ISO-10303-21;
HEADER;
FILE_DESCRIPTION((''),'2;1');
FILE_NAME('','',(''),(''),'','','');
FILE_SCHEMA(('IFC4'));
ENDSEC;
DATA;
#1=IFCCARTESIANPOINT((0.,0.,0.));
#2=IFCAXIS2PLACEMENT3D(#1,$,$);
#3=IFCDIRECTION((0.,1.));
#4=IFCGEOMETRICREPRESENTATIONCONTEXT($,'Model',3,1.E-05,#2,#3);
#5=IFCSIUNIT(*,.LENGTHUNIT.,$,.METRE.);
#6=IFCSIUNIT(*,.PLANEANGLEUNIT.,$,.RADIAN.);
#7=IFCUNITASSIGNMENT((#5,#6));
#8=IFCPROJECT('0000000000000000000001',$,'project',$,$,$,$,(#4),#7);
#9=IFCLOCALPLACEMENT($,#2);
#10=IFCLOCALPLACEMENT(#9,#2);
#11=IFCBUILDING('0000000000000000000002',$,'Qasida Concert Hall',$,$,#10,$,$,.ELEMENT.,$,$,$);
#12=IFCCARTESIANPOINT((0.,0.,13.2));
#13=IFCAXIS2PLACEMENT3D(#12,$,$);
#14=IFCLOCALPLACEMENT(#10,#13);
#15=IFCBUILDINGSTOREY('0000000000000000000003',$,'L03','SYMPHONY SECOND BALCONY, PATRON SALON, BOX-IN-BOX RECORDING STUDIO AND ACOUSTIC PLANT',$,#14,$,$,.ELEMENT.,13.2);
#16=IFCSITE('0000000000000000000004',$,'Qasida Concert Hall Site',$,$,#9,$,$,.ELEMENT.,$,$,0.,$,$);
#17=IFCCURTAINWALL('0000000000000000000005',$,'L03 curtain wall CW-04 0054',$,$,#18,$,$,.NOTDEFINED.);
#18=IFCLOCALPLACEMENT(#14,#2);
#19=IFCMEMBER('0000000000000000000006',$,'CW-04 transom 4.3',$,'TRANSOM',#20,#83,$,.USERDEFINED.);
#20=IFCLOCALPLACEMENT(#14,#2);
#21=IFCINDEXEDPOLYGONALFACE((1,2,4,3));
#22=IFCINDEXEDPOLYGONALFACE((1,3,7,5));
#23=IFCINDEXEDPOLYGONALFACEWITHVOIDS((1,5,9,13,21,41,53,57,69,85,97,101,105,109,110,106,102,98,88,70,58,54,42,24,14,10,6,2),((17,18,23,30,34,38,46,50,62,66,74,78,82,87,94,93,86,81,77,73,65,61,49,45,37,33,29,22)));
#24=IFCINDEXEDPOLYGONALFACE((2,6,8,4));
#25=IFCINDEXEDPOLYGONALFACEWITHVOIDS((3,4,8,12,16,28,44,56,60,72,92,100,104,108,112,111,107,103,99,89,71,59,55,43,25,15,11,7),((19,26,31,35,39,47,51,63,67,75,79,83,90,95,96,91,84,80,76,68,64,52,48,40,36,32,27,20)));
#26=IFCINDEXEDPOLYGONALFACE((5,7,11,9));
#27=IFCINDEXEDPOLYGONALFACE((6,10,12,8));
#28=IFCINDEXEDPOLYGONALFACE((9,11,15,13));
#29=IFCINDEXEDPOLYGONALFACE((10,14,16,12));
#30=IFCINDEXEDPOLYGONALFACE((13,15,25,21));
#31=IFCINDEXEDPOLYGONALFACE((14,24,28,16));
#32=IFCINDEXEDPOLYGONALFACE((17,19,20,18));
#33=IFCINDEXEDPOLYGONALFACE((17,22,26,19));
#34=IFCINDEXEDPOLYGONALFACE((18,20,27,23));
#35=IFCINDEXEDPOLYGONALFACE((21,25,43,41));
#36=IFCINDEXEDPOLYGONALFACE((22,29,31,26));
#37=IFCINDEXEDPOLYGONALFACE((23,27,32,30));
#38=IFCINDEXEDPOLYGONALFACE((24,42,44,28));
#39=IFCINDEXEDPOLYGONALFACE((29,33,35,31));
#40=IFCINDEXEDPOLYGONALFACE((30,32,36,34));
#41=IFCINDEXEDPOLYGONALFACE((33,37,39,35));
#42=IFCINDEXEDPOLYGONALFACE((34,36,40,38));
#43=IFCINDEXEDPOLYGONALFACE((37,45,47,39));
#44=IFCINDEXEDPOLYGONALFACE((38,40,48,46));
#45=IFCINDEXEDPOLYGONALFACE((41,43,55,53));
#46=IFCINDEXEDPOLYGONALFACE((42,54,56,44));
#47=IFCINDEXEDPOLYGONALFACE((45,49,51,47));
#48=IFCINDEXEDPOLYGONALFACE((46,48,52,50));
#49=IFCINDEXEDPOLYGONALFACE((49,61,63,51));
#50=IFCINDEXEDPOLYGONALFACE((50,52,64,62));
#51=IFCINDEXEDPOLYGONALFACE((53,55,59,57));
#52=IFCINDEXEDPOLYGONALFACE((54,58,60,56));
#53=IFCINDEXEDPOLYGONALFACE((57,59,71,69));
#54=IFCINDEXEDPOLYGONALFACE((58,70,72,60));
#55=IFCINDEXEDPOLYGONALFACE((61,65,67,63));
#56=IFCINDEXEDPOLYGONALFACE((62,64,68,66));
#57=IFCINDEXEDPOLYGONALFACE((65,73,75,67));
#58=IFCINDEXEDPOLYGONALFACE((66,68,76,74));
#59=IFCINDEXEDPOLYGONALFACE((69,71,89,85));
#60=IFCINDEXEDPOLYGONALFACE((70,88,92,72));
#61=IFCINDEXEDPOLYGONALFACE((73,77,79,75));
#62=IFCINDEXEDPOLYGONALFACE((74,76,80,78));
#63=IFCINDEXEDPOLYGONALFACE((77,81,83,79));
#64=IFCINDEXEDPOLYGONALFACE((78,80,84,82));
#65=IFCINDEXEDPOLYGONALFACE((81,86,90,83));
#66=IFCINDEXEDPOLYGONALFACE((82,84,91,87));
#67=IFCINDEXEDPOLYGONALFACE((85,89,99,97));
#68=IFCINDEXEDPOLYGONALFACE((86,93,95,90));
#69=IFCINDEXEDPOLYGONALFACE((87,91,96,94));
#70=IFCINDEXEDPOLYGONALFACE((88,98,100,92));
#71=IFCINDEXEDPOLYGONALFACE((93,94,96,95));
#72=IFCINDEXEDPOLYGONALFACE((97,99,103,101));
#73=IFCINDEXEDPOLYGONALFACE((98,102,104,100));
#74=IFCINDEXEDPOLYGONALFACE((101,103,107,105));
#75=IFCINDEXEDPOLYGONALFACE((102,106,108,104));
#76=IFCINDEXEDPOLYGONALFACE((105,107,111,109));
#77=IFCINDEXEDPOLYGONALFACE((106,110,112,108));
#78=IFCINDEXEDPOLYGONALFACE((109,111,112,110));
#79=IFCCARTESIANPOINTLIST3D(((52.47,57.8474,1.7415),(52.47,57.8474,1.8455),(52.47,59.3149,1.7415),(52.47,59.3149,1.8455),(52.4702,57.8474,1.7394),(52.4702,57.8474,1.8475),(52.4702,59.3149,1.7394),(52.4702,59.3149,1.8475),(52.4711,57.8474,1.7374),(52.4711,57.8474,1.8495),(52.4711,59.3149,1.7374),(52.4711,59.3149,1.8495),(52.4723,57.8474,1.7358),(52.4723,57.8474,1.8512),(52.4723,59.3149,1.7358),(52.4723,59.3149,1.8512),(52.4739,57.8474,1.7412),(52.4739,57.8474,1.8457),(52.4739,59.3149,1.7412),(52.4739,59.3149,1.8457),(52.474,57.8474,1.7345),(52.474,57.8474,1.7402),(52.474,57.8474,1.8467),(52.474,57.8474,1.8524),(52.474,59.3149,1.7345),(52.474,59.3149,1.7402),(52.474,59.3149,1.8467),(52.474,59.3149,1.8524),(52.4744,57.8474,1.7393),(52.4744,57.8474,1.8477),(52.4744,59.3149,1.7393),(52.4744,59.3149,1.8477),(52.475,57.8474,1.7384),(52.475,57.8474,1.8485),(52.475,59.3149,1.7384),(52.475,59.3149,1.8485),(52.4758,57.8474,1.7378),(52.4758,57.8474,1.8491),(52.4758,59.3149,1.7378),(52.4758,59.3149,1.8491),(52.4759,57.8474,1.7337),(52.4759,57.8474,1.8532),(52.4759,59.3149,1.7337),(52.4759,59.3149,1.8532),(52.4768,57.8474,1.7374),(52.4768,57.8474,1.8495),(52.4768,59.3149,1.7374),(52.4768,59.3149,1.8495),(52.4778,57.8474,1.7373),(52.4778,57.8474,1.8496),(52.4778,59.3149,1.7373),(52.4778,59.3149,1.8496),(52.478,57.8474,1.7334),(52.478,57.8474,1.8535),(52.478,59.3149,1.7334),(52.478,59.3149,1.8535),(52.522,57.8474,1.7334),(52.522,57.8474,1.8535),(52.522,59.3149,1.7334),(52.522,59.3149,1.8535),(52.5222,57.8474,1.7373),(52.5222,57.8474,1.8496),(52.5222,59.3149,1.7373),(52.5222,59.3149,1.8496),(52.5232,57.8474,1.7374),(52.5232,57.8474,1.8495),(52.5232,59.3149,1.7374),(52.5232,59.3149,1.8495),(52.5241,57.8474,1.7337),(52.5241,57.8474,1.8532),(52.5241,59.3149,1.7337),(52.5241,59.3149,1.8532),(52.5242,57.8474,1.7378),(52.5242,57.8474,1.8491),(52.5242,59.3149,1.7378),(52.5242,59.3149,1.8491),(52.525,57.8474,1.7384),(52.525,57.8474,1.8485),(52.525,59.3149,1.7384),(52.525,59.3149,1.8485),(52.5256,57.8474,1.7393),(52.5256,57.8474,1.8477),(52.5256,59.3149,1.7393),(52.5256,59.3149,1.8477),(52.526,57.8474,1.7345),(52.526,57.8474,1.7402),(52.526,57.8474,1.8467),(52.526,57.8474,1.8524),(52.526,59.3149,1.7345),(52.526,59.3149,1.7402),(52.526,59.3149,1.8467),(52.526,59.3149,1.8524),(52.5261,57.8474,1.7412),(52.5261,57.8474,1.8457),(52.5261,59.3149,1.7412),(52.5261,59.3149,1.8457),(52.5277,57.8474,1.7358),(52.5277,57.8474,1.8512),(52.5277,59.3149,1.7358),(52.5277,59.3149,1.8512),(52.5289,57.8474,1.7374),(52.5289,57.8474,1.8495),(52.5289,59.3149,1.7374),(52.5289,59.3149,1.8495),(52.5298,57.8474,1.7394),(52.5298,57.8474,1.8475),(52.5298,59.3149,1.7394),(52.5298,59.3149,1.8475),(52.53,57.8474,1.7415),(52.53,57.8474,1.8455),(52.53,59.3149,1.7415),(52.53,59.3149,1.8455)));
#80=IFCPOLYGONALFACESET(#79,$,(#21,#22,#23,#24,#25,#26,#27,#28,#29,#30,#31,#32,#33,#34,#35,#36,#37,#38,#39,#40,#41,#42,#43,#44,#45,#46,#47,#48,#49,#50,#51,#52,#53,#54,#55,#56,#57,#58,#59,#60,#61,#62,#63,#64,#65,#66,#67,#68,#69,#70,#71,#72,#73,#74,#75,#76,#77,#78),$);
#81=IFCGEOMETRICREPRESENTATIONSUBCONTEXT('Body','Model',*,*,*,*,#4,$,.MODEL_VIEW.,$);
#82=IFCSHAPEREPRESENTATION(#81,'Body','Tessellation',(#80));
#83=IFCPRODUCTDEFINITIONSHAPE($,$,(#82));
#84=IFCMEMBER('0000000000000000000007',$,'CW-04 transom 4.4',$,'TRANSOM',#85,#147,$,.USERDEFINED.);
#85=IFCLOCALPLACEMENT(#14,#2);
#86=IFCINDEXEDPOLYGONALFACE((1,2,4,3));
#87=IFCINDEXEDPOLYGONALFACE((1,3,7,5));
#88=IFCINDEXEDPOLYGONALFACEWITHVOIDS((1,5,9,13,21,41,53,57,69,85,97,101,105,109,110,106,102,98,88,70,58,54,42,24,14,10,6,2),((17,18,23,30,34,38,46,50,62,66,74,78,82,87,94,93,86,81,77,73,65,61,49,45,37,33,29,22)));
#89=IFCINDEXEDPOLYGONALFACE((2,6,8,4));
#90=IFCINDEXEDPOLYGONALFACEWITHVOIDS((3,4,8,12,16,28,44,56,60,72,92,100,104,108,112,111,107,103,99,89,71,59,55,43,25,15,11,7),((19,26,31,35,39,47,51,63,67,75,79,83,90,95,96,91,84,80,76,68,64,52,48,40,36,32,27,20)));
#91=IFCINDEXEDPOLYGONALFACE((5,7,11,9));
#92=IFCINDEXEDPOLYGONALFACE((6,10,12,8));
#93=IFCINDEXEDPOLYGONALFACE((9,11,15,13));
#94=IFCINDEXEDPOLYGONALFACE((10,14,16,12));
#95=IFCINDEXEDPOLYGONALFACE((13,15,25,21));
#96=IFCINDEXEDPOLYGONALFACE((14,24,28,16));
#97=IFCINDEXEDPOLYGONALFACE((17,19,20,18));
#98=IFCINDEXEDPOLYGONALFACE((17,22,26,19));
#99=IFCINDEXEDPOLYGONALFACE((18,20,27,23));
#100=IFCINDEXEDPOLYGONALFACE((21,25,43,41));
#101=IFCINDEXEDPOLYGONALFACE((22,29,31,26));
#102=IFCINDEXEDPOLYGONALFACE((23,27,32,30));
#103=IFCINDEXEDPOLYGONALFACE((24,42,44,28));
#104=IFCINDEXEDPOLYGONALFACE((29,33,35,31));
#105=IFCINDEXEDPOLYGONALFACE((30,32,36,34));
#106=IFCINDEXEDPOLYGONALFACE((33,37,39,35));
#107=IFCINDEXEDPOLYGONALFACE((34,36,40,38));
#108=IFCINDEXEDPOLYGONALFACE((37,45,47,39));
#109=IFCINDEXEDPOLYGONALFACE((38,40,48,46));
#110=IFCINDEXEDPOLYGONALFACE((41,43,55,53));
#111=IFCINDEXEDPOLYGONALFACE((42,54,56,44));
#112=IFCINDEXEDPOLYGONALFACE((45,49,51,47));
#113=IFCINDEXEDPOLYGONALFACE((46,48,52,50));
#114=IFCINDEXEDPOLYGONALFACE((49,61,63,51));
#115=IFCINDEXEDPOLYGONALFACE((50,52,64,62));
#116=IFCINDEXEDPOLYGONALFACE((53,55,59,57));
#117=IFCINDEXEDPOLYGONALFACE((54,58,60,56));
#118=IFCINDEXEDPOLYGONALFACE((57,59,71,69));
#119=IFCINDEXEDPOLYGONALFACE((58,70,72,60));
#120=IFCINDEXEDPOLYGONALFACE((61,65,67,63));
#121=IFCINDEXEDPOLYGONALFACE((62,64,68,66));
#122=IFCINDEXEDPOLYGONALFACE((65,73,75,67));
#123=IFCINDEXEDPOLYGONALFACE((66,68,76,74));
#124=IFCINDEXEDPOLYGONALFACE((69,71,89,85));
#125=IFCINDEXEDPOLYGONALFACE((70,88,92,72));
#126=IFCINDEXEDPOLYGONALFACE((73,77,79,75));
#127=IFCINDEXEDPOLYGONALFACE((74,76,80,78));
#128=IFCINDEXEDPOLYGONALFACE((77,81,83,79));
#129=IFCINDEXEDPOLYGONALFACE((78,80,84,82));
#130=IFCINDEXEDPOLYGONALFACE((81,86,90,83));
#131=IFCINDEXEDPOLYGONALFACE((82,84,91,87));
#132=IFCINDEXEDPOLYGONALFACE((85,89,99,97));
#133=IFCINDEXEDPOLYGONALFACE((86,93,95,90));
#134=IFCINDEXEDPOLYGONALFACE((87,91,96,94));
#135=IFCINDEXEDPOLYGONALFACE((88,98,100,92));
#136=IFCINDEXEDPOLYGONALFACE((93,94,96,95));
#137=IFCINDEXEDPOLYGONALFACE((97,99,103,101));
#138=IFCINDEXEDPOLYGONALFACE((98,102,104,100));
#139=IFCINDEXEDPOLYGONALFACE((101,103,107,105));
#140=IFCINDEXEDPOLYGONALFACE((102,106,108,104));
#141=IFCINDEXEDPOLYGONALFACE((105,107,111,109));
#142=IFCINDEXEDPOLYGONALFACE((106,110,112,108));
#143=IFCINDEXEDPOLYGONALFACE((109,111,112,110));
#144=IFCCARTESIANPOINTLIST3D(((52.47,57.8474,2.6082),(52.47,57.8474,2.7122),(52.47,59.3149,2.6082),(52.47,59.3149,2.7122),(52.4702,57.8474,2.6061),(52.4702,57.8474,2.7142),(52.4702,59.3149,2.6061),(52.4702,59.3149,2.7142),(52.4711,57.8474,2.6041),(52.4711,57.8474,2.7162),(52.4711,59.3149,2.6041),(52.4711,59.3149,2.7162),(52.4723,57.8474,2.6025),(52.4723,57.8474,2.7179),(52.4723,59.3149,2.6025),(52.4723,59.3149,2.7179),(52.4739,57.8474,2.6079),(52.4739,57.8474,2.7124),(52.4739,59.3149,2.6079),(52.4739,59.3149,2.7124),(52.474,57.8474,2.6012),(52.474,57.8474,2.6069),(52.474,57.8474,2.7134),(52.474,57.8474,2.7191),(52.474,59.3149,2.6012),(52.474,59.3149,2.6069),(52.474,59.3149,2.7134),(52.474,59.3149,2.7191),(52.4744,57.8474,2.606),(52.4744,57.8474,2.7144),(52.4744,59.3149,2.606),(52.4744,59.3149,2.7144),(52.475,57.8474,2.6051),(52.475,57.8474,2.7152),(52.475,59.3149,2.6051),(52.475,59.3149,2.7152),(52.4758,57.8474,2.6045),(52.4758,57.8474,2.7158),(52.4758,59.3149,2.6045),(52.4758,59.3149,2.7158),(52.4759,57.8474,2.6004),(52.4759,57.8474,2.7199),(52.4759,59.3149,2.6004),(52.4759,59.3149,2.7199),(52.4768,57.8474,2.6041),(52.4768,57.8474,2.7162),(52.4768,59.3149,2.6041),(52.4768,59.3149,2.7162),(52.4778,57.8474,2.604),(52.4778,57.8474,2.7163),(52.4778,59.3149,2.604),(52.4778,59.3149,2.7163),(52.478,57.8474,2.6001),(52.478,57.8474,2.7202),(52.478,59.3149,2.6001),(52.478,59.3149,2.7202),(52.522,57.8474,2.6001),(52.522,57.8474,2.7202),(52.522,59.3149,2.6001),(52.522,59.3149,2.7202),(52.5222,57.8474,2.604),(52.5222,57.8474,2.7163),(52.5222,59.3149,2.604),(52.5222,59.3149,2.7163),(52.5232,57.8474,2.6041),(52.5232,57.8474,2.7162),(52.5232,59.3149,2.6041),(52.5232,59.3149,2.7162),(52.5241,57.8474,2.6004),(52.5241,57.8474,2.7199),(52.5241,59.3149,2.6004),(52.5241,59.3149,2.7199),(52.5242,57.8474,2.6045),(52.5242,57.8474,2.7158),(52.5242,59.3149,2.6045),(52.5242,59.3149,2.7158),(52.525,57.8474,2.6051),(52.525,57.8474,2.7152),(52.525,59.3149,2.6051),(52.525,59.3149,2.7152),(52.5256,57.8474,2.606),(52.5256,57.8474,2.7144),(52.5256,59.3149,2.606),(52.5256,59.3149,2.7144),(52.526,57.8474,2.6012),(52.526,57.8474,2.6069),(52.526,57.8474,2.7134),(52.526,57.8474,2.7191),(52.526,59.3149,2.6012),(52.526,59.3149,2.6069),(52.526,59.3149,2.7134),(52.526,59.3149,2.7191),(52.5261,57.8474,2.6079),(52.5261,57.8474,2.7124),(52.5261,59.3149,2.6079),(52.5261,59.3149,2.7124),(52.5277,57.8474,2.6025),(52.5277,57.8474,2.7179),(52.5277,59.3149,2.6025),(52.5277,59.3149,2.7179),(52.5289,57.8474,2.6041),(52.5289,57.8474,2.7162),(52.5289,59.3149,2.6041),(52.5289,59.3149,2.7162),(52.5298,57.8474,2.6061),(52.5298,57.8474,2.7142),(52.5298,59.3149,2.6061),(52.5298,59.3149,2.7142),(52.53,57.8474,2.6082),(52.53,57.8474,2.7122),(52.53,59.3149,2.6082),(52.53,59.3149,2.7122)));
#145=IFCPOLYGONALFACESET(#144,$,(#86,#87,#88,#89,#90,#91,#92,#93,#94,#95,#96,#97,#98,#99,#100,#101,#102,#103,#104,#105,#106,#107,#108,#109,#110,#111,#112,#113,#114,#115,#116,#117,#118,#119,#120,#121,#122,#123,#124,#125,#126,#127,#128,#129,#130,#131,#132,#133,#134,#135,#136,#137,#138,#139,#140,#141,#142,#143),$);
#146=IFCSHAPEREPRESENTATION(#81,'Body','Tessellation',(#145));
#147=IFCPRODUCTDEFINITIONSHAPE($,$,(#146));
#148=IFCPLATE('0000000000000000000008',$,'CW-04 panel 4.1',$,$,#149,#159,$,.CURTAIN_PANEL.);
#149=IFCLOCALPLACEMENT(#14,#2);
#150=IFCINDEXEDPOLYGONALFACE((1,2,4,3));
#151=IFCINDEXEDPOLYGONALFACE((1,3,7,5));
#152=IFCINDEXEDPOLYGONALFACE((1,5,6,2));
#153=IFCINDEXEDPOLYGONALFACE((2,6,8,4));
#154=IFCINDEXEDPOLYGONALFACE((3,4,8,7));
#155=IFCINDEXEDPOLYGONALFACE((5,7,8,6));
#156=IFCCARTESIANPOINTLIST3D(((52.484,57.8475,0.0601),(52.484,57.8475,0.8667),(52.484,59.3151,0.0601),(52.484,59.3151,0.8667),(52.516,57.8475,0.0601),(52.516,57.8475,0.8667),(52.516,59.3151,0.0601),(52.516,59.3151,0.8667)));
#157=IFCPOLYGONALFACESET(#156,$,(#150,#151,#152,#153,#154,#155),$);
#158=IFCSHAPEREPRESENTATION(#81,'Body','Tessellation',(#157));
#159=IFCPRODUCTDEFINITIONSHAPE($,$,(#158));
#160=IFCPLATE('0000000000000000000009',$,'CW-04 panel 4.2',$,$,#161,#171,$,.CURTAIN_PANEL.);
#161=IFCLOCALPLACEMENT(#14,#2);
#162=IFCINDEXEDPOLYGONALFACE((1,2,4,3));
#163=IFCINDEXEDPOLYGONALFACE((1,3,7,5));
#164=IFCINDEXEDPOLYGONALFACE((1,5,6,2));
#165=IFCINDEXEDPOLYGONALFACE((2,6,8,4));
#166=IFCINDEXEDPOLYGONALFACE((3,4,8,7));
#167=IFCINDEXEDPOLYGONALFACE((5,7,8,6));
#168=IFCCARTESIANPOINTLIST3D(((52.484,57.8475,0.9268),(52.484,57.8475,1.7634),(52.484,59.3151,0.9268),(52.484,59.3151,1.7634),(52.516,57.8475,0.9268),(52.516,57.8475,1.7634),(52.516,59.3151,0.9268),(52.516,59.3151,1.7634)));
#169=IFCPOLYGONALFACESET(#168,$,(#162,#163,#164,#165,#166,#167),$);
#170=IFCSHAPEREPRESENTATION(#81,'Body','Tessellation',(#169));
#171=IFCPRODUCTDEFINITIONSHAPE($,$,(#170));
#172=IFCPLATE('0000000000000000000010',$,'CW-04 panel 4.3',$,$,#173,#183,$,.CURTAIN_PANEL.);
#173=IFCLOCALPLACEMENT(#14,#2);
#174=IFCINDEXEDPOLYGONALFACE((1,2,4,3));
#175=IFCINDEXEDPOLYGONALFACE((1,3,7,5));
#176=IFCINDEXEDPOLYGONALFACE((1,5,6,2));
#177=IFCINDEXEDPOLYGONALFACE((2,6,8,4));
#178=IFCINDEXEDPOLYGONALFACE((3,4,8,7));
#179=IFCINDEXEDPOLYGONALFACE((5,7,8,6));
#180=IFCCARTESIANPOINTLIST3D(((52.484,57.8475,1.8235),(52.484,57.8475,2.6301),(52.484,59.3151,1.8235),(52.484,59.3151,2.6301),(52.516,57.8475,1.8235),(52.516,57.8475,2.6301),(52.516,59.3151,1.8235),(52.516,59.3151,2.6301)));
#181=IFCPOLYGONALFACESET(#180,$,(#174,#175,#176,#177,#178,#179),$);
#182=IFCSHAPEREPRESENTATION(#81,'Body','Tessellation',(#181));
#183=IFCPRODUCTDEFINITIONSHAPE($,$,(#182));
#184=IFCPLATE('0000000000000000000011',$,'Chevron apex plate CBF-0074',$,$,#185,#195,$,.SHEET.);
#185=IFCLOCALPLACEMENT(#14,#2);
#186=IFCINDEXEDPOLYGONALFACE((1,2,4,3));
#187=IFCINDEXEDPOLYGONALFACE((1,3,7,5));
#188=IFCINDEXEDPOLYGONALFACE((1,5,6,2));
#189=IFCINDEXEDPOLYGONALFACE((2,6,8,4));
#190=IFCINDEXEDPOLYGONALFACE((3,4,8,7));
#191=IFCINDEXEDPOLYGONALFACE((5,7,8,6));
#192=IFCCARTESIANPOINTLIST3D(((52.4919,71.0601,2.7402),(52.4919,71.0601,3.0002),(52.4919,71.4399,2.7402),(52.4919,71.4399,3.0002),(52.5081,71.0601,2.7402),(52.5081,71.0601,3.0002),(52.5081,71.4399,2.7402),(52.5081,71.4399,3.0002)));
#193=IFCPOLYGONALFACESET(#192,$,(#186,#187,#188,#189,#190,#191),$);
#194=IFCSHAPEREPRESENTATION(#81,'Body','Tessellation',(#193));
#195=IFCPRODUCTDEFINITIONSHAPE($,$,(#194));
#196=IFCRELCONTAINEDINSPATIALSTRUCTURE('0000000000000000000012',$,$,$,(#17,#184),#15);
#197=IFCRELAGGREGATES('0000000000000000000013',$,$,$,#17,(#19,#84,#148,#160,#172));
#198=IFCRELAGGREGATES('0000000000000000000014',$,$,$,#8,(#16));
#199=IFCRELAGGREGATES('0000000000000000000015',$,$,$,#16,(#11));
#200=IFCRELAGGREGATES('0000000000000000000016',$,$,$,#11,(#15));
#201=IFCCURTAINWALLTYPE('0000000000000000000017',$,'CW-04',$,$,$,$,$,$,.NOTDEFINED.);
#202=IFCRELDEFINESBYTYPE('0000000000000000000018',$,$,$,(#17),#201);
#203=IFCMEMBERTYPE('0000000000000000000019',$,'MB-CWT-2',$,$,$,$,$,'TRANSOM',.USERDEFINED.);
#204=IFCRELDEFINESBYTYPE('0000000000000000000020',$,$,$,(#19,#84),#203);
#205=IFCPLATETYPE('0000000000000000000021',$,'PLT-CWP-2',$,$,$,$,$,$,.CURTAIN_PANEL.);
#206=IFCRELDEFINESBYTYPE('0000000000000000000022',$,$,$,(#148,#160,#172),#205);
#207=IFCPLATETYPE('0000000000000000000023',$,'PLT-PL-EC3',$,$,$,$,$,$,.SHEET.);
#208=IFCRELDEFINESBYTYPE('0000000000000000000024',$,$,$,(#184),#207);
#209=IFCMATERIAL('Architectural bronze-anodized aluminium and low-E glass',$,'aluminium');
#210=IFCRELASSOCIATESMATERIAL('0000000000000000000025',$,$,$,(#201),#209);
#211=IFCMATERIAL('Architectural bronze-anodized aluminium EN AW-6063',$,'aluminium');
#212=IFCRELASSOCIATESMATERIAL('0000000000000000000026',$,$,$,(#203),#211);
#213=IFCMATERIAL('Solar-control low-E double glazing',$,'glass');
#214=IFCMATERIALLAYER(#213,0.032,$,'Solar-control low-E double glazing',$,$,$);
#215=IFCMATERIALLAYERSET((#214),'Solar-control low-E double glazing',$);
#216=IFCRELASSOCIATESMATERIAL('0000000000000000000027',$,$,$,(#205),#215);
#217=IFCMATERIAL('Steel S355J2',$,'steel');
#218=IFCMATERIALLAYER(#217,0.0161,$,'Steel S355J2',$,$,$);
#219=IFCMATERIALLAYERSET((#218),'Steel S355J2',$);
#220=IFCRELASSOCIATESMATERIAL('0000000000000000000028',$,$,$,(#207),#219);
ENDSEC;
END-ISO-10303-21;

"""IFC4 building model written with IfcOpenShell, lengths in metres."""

from ifc_helpers import new_model, si_unit, direction, frame, origin, origin_2d, place, context, subcontext, project, spatial, rectangle, hollow_rectangle, extrude, material, layer, layer_set, material_profile, profile_set, type_object, element, aggregate, save


model = new_model("IFC4")

# Units and contexts
model_context = context("Model", 3, precision=1e-05, world=origin(), true_north=direction((0.0, 1.0)))
body_context = subcontext(model_context, "Body", "Model", "MODEL_VIEW")
ifc_project = project(units=[si_unit("LENGTHUNIT", "METRE"), si_unit("PLANEANGLEUNIT", "RADIAN")], contexts=[model_context])

# Site, building, storey
site_placement = place(None, origin())
site = spatial("IfcSite", under=ifc_project, at=site_placement, Name="Qasida Concert Hall Site", CompositionType="ELEMENT", RefElevation=0.0)
building_placement = place(site_placement, origin())
building = spatial("IfcBuilding", under=site, at=building_placement, Name="Qasida Concert Hall", CompositionType="ELEMENT")
storey_placement = place(building_placement, frame((0.0, 0.0, 13.2)))
storey = spatial("IfcBuildingStorey", under=building, at=storey_placement, Name="L03", Description="SYMPHONY SECOND BALCONY, PATRON SALON, BOX-IN-BOX RECORDING STUDIO AND ACOUSTIC PLANT", CompositionType="ELEMENT", Elevation=13.2)

# Shared definitions
ifc_material_1 = material(Name="Steel S355J2", Category="steel")

# Curtain wall, members, plates
ifc_material_2 = material(Name="Architectural bronze-anodized aluminium and low-E glass", Category="aluminium")
curtain_wall_type = type_object("IfcCurtainWallType", Name="CW-04", PredefinedType="NOTDEFINED", material=ifc_material_2)
curtain_wall_placement = place(storey_placement, origin())
curtain_wall = element("IfcCurtainWall", 1, at=curtain_wall_placement, inside=storey, type_object=curtain_wall_type, Name="L03 curtain wall CW-04 0054", PredefinedType="NOTDEFINED")
ifc_material_3 = material(Name="Architectural bronze-anodized aluminium EN AW-6063", Category="aluminium")
ifc_material_profile_1 = material_profile(ifc_material_3, hollow_rectangle(XDim=0.0601, YDim=0.1201, WallThickness=0.0039, InnerFilletRadius=0.0039, OuterFilletRadius=0.0081, at=origin_2d()), Name="CWT 120x60x4")
ifc_profile_set_1 = profile_set([ifc_material_profile_1], Name="Architectural bronze-anodized aluminium EN AW-6063")
member_type_1 = type_object("IfcMemberType", Name="MB-CWT-2", ElementType="TRANSOM", PredefinedType="USERDEFINED", material=ifc_profile_set_1)
member_1_placement = place(storey_placement, frame((52.5, 57.8474, 1.7935), z_axis=(0.0, 1.0, 0.0), x_axis=(-1.0, 0.0, 0.0)))
member_1 = element("IfcMember", 2, at=member_1_placement, type_object=member_type_1, Name="CW-04 transom 4.3", ObjectType="TRANSOM", PredefinedType="USERDEFINED", context=body_context, shape_type="SweptSolid", body=[
    extrude(hollow_rectangle(XDim=0.0601, YDim=0.1201, WallThickness=0.0039, InnerFilletRadius=0.0039, OuterFilletRadius=0.0081, at=origin_2d()), origin(), (0.0, 0.0, 1.0), 1.4675),
])
member_2_placement = place(storey_placement, frame((52.5, 57.8474, 2.6602), z_axis=(0.0, 1.0, 0.0), x_axis=(-1.0, 0.0, 0.0)))
member_2 = element("IfcMember", 3, at=member_2_placement, type_object=member_type_1, Name="CW-04 transom 4.4", ObjectType="TRANSOM", PredefinedType="USERDEFINED", context=body_context, shape_type="SweptSolid", body=[
    extrude(hollow_rectangle(XDim=0.0601, YDim=0.1201, WallThickness=0.0039, InnerFilletRadius=0.0039, OuterFilletRadius=0.0081, at=origin_2d()), origin(), (0.0, 0.0, 1.0), 1.4675),
])
ifc_material_4 = material(Name="Solar-control low-E double glazing", Category="glass")
ifc_layer_1 = layer(ifc_material_4, 0.032, Name="Solar-control low-E double glazing")
ifc_layer_set_1 = layer_set([ifc_layer_1], Name="Solar-control low-E double glazing")
plate_type_1 = type_object("IfcPlateType", Name="PLT-CWP-2", PredefinedType="CURTAIN_PANEL", material=ifc_layer_set_1)
plate_1_placement = place(storey_placement, frame((52.5, 58.5813, 0.0601), z_axis=(0.0, 0.0, 1.0), x_axis=(0.0, 1.0, 0.0)))
plate_1 = element("IfcPlate", 4, at=plate_1_placement, type_object=plate_type_1, Name="CW-04 panel 4.1", PredefinedType="CURTAIN_PANEL", context=body_context, shape_type="SweptSolid", body=[
    extrude(rectangle(XDim=1.4675, YDim=0.032, at=origin_2d()), origin(), (0.0, 0.0, 1.0), 0.8066),
])
plate_2_placement = place(storey_placement, frame((52.5, 58.5813, 0.9268), z_axis=(0.0, 0.0, 1.0), x_axis=(0.0, 1.0, 0.0)))
plate_2 = element("IfcPlate", 5, at=plate_2_placement, type_object=plate_type_1, Name="CW-04 panel 4.2", PredefinedType="CURTAIN_PANEL", context=body_context, shape_type="SweptSolid", body=[
    extrude(rectangle(XDim=1.4675, YDim=0.032, at=origin_2d()), origin(), (0.0, 0.0, 1.0), 0.8367),
])
plate_3_placement = place(storey_placement, frame((52.5, 58.5813, 1.8235), z_axis=(0.0, 0.0, 1.0), x_axis=(0.0, 1.0, 0.0)))
plate_3 = element("IfcPlate", 6, at=plate_3_placement, type_object=plate_type_1, Name="CW-04 panel 4.3", PredefinedType="CURTAIN_PANEL", context=body_context, shape_type="SweptSolid", body=[
    extrude(rectangle(XDim=1.4675, YDim=0.032, at=origin_2d()), origin(), (0.0, 0.0, 1.0), 0.8066),
])
aggregate(curtain_wall, [member_1, member_2, plate_1, plate_2, plate_3])

# Plate
ifc_layer_2 = layer(ifc_material_1, 0.0161, Name="Steel S355J2")
ifc_layer_set_2 = layer_set([ifc_layer_2], Name="Steel S355J2")
plate_type_2 = type_object("IfcPlateType", Name="PLT-PL-EC3", PredefinedType="SHEET", material=ifc_layer_set_2)
plate_4_placement = place(storey_placement, frame((52.5, 71.25, 2.7402), z_axis=(0.0, 0.0, 1.0), x_axis=(0.0, 1.0, 0.0)))
element("IfcPlate", 7, at=plate_4_placement, inside=storey, type_object=plate_type_2, Name="Chevron apex plate CBF-0074", PredefinedType="SHEET", context=body_context, shape_type="SweptSolid", body=[
    extrude(rectangle(XDim=0.3799, YDim=0.0161, at=origin_2d()), origin(), (0.0, 0.0, 1.0), 0.26),
])

save(model, "model.ifc")
